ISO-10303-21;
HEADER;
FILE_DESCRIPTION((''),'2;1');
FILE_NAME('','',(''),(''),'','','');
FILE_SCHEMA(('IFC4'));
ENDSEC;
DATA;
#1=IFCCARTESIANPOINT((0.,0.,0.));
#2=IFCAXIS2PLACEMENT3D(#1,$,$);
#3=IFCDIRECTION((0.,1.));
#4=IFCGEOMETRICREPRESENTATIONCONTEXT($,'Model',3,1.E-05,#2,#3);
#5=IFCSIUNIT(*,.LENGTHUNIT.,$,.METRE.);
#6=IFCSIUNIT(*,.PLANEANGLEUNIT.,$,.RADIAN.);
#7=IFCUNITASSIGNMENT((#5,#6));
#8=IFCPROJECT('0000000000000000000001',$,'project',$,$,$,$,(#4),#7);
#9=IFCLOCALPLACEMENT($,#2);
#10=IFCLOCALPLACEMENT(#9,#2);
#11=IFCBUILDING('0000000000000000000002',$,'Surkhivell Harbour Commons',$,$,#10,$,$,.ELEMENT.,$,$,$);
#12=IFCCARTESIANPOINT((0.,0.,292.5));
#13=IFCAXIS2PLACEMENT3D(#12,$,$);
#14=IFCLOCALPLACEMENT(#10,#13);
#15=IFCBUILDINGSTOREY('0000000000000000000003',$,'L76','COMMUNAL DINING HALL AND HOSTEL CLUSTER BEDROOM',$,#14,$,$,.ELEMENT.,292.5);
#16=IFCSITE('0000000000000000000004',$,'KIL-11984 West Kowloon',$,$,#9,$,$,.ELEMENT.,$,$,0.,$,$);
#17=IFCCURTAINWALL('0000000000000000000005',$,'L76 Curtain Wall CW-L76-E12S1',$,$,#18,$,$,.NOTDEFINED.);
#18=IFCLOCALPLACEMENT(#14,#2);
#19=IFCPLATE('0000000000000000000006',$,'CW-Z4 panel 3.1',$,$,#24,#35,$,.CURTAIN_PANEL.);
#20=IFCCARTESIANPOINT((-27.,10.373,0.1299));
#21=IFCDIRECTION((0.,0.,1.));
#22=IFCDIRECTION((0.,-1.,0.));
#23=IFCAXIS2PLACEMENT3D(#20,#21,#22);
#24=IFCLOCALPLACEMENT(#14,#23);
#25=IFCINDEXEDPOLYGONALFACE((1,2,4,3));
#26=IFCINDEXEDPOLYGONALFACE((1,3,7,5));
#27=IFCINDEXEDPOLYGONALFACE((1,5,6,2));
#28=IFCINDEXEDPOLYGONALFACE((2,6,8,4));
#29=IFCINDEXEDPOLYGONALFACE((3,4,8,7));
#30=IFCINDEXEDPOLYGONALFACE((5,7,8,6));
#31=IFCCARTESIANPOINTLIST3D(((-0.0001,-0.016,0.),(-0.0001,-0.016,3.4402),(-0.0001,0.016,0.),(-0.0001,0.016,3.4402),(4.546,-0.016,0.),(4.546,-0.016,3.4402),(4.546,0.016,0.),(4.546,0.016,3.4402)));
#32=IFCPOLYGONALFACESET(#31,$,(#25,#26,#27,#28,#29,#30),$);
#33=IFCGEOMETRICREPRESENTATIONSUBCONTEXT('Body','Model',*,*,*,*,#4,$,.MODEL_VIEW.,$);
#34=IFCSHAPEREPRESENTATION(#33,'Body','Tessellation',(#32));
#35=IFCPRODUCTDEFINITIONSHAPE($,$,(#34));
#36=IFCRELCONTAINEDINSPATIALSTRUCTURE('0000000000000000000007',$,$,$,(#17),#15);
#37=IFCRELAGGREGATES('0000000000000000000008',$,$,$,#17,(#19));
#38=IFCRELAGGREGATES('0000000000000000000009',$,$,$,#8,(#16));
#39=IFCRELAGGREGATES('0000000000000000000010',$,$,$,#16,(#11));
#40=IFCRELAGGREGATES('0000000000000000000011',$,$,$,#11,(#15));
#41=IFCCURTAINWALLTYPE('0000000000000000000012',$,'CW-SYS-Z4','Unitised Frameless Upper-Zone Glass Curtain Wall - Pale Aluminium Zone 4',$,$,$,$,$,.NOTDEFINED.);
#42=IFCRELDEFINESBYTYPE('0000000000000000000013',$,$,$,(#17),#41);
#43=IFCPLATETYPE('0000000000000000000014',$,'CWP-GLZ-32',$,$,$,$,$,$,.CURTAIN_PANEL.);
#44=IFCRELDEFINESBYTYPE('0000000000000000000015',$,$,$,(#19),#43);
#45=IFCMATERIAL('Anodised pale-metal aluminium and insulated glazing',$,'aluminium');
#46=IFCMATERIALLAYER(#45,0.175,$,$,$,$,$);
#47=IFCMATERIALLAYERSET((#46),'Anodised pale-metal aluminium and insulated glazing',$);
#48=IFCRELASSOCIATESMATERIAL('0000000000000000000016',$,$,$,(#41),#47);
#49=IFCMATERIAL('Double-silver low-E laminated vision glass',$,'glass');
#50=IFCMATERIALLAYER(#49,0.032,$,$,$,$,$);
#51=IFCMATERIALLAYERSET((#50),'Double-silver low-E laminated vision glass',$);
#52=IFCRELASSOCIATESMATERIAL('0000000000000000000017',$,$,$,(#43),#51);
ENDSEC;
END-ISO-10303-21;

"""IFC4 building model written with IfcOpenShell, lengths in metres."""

from ifc_helpers import new_model, si_unit, direction, frame, frame_2d, origin, place, context, subcontext, project, spatial, rectangle, extrude, material, layer, layer_set, type_object, element, aggregate, save


model = new_model("IFC4")

# Units and contexts
model_context = context("Model", 3, precision=1e-05, world=origin(), true_north=direction((0.0, 1.0)))
body_context = subcontext(model_context, "Body", "Model", "MODEL_VIEW")
ifc_project = project(units=[si_unit("LENGTHUNIT", "METRE"), si_unit("PLANEANGLEUNIT", "RADIAN")], contexts=[model_context])

# Site, building, storey
site_placement = place(None, origin())
site = spatial("IfcSite", under=ifc_project, at=site_placement, Name="KIL-11984 West Kowloon", CompositionType="ELEMENT", RefElevation=0.0)
building_placement = place(site_placement, origin())
building = spatial("IfcBuilding", under=site, at=building_placement, Name="Surkhivell Harbour Commons", CompositionType="ELEMENT")
storey_placement = place(building_placement, frame((0.0, 0.0, 292.5)))
storey = spatial("IfcBuildingStorey", under=building, at=storey_placement, Name="L76", Description="COMMUNAL DINING HALL AND HOSTEL CLUSTER BEDROOM", CompositionType="ELEMENT", Elevation=292.5)

# Curtain wall, plate
ifc_material_1 = material(Name="Anodised pale-metal aluminium and insulated glazing", Category="aluminium")
ifc_layer_1 = layer(ifc_material_1, 0.175)
ifc_layer_set_1 = layer_set([ifc_layer_1], Name="Anodised pale-metal aluminium and insulated glazing")
curtain_wall_type = type_object("IfcCurtainWallType", Name="CW-SYS-Z4", Description="Unitised Frameless Upper-Zone Glass Curtain Wall - Pale Aluminium Zone 4", PredefinedType="NOTDEFINED", material=ifc_layer_set_1)
curtain_wall_placement = place(storey_placement, origin())
curtain_wall = element("IfcCurtainWall", 1, at=curtain_wall_placement, inside=storey, type_object=curtain_wall_type, Name="L76 Curtain Wall CW-L76-E12S1", PredefinedType="NOTDEFINED")
ifc_material_2 = material(Name="Double-silver low-E laminated vision glass", Category="glass")
ifc_layer_2 = layer(ifc_material_2, 0.032)
ifc_layer_set_2 = layer_set([ifc_layer_2], Name="Double-silver low-E laminated vision glass")
plate_type = type_object("IfcPlateType", Name="CWP-GLZ-32", PredefinedType="CURTAIN_PANEL", material=ifc_layer_set_2)
plate_1_placement = place(storey_placement, frame((-27.0, 10.373, 0.1299), z_axis=(0.0, 0.0, 1.0), x_axis=(0.0, -1.0, 0.0)))
plate_1 = element("IfcPlate", 2, at=plate_1_placement, type_object=plate_type, Name="CW-Z4 panel 3.1", PredefinedType="CURTAIN_PANEL", context=body_context, shape_type="SweptSolid", body=[
    extrude(rectangle(XDim=4.5461, YDim=0.032, at=frame_2d((2.2729, 0.0))), origin(), (0.0, 0.0, 1.0), 3.4402),
])
aggregate(curtain_wall, [plate_1])

save(model, "model.ifc")
